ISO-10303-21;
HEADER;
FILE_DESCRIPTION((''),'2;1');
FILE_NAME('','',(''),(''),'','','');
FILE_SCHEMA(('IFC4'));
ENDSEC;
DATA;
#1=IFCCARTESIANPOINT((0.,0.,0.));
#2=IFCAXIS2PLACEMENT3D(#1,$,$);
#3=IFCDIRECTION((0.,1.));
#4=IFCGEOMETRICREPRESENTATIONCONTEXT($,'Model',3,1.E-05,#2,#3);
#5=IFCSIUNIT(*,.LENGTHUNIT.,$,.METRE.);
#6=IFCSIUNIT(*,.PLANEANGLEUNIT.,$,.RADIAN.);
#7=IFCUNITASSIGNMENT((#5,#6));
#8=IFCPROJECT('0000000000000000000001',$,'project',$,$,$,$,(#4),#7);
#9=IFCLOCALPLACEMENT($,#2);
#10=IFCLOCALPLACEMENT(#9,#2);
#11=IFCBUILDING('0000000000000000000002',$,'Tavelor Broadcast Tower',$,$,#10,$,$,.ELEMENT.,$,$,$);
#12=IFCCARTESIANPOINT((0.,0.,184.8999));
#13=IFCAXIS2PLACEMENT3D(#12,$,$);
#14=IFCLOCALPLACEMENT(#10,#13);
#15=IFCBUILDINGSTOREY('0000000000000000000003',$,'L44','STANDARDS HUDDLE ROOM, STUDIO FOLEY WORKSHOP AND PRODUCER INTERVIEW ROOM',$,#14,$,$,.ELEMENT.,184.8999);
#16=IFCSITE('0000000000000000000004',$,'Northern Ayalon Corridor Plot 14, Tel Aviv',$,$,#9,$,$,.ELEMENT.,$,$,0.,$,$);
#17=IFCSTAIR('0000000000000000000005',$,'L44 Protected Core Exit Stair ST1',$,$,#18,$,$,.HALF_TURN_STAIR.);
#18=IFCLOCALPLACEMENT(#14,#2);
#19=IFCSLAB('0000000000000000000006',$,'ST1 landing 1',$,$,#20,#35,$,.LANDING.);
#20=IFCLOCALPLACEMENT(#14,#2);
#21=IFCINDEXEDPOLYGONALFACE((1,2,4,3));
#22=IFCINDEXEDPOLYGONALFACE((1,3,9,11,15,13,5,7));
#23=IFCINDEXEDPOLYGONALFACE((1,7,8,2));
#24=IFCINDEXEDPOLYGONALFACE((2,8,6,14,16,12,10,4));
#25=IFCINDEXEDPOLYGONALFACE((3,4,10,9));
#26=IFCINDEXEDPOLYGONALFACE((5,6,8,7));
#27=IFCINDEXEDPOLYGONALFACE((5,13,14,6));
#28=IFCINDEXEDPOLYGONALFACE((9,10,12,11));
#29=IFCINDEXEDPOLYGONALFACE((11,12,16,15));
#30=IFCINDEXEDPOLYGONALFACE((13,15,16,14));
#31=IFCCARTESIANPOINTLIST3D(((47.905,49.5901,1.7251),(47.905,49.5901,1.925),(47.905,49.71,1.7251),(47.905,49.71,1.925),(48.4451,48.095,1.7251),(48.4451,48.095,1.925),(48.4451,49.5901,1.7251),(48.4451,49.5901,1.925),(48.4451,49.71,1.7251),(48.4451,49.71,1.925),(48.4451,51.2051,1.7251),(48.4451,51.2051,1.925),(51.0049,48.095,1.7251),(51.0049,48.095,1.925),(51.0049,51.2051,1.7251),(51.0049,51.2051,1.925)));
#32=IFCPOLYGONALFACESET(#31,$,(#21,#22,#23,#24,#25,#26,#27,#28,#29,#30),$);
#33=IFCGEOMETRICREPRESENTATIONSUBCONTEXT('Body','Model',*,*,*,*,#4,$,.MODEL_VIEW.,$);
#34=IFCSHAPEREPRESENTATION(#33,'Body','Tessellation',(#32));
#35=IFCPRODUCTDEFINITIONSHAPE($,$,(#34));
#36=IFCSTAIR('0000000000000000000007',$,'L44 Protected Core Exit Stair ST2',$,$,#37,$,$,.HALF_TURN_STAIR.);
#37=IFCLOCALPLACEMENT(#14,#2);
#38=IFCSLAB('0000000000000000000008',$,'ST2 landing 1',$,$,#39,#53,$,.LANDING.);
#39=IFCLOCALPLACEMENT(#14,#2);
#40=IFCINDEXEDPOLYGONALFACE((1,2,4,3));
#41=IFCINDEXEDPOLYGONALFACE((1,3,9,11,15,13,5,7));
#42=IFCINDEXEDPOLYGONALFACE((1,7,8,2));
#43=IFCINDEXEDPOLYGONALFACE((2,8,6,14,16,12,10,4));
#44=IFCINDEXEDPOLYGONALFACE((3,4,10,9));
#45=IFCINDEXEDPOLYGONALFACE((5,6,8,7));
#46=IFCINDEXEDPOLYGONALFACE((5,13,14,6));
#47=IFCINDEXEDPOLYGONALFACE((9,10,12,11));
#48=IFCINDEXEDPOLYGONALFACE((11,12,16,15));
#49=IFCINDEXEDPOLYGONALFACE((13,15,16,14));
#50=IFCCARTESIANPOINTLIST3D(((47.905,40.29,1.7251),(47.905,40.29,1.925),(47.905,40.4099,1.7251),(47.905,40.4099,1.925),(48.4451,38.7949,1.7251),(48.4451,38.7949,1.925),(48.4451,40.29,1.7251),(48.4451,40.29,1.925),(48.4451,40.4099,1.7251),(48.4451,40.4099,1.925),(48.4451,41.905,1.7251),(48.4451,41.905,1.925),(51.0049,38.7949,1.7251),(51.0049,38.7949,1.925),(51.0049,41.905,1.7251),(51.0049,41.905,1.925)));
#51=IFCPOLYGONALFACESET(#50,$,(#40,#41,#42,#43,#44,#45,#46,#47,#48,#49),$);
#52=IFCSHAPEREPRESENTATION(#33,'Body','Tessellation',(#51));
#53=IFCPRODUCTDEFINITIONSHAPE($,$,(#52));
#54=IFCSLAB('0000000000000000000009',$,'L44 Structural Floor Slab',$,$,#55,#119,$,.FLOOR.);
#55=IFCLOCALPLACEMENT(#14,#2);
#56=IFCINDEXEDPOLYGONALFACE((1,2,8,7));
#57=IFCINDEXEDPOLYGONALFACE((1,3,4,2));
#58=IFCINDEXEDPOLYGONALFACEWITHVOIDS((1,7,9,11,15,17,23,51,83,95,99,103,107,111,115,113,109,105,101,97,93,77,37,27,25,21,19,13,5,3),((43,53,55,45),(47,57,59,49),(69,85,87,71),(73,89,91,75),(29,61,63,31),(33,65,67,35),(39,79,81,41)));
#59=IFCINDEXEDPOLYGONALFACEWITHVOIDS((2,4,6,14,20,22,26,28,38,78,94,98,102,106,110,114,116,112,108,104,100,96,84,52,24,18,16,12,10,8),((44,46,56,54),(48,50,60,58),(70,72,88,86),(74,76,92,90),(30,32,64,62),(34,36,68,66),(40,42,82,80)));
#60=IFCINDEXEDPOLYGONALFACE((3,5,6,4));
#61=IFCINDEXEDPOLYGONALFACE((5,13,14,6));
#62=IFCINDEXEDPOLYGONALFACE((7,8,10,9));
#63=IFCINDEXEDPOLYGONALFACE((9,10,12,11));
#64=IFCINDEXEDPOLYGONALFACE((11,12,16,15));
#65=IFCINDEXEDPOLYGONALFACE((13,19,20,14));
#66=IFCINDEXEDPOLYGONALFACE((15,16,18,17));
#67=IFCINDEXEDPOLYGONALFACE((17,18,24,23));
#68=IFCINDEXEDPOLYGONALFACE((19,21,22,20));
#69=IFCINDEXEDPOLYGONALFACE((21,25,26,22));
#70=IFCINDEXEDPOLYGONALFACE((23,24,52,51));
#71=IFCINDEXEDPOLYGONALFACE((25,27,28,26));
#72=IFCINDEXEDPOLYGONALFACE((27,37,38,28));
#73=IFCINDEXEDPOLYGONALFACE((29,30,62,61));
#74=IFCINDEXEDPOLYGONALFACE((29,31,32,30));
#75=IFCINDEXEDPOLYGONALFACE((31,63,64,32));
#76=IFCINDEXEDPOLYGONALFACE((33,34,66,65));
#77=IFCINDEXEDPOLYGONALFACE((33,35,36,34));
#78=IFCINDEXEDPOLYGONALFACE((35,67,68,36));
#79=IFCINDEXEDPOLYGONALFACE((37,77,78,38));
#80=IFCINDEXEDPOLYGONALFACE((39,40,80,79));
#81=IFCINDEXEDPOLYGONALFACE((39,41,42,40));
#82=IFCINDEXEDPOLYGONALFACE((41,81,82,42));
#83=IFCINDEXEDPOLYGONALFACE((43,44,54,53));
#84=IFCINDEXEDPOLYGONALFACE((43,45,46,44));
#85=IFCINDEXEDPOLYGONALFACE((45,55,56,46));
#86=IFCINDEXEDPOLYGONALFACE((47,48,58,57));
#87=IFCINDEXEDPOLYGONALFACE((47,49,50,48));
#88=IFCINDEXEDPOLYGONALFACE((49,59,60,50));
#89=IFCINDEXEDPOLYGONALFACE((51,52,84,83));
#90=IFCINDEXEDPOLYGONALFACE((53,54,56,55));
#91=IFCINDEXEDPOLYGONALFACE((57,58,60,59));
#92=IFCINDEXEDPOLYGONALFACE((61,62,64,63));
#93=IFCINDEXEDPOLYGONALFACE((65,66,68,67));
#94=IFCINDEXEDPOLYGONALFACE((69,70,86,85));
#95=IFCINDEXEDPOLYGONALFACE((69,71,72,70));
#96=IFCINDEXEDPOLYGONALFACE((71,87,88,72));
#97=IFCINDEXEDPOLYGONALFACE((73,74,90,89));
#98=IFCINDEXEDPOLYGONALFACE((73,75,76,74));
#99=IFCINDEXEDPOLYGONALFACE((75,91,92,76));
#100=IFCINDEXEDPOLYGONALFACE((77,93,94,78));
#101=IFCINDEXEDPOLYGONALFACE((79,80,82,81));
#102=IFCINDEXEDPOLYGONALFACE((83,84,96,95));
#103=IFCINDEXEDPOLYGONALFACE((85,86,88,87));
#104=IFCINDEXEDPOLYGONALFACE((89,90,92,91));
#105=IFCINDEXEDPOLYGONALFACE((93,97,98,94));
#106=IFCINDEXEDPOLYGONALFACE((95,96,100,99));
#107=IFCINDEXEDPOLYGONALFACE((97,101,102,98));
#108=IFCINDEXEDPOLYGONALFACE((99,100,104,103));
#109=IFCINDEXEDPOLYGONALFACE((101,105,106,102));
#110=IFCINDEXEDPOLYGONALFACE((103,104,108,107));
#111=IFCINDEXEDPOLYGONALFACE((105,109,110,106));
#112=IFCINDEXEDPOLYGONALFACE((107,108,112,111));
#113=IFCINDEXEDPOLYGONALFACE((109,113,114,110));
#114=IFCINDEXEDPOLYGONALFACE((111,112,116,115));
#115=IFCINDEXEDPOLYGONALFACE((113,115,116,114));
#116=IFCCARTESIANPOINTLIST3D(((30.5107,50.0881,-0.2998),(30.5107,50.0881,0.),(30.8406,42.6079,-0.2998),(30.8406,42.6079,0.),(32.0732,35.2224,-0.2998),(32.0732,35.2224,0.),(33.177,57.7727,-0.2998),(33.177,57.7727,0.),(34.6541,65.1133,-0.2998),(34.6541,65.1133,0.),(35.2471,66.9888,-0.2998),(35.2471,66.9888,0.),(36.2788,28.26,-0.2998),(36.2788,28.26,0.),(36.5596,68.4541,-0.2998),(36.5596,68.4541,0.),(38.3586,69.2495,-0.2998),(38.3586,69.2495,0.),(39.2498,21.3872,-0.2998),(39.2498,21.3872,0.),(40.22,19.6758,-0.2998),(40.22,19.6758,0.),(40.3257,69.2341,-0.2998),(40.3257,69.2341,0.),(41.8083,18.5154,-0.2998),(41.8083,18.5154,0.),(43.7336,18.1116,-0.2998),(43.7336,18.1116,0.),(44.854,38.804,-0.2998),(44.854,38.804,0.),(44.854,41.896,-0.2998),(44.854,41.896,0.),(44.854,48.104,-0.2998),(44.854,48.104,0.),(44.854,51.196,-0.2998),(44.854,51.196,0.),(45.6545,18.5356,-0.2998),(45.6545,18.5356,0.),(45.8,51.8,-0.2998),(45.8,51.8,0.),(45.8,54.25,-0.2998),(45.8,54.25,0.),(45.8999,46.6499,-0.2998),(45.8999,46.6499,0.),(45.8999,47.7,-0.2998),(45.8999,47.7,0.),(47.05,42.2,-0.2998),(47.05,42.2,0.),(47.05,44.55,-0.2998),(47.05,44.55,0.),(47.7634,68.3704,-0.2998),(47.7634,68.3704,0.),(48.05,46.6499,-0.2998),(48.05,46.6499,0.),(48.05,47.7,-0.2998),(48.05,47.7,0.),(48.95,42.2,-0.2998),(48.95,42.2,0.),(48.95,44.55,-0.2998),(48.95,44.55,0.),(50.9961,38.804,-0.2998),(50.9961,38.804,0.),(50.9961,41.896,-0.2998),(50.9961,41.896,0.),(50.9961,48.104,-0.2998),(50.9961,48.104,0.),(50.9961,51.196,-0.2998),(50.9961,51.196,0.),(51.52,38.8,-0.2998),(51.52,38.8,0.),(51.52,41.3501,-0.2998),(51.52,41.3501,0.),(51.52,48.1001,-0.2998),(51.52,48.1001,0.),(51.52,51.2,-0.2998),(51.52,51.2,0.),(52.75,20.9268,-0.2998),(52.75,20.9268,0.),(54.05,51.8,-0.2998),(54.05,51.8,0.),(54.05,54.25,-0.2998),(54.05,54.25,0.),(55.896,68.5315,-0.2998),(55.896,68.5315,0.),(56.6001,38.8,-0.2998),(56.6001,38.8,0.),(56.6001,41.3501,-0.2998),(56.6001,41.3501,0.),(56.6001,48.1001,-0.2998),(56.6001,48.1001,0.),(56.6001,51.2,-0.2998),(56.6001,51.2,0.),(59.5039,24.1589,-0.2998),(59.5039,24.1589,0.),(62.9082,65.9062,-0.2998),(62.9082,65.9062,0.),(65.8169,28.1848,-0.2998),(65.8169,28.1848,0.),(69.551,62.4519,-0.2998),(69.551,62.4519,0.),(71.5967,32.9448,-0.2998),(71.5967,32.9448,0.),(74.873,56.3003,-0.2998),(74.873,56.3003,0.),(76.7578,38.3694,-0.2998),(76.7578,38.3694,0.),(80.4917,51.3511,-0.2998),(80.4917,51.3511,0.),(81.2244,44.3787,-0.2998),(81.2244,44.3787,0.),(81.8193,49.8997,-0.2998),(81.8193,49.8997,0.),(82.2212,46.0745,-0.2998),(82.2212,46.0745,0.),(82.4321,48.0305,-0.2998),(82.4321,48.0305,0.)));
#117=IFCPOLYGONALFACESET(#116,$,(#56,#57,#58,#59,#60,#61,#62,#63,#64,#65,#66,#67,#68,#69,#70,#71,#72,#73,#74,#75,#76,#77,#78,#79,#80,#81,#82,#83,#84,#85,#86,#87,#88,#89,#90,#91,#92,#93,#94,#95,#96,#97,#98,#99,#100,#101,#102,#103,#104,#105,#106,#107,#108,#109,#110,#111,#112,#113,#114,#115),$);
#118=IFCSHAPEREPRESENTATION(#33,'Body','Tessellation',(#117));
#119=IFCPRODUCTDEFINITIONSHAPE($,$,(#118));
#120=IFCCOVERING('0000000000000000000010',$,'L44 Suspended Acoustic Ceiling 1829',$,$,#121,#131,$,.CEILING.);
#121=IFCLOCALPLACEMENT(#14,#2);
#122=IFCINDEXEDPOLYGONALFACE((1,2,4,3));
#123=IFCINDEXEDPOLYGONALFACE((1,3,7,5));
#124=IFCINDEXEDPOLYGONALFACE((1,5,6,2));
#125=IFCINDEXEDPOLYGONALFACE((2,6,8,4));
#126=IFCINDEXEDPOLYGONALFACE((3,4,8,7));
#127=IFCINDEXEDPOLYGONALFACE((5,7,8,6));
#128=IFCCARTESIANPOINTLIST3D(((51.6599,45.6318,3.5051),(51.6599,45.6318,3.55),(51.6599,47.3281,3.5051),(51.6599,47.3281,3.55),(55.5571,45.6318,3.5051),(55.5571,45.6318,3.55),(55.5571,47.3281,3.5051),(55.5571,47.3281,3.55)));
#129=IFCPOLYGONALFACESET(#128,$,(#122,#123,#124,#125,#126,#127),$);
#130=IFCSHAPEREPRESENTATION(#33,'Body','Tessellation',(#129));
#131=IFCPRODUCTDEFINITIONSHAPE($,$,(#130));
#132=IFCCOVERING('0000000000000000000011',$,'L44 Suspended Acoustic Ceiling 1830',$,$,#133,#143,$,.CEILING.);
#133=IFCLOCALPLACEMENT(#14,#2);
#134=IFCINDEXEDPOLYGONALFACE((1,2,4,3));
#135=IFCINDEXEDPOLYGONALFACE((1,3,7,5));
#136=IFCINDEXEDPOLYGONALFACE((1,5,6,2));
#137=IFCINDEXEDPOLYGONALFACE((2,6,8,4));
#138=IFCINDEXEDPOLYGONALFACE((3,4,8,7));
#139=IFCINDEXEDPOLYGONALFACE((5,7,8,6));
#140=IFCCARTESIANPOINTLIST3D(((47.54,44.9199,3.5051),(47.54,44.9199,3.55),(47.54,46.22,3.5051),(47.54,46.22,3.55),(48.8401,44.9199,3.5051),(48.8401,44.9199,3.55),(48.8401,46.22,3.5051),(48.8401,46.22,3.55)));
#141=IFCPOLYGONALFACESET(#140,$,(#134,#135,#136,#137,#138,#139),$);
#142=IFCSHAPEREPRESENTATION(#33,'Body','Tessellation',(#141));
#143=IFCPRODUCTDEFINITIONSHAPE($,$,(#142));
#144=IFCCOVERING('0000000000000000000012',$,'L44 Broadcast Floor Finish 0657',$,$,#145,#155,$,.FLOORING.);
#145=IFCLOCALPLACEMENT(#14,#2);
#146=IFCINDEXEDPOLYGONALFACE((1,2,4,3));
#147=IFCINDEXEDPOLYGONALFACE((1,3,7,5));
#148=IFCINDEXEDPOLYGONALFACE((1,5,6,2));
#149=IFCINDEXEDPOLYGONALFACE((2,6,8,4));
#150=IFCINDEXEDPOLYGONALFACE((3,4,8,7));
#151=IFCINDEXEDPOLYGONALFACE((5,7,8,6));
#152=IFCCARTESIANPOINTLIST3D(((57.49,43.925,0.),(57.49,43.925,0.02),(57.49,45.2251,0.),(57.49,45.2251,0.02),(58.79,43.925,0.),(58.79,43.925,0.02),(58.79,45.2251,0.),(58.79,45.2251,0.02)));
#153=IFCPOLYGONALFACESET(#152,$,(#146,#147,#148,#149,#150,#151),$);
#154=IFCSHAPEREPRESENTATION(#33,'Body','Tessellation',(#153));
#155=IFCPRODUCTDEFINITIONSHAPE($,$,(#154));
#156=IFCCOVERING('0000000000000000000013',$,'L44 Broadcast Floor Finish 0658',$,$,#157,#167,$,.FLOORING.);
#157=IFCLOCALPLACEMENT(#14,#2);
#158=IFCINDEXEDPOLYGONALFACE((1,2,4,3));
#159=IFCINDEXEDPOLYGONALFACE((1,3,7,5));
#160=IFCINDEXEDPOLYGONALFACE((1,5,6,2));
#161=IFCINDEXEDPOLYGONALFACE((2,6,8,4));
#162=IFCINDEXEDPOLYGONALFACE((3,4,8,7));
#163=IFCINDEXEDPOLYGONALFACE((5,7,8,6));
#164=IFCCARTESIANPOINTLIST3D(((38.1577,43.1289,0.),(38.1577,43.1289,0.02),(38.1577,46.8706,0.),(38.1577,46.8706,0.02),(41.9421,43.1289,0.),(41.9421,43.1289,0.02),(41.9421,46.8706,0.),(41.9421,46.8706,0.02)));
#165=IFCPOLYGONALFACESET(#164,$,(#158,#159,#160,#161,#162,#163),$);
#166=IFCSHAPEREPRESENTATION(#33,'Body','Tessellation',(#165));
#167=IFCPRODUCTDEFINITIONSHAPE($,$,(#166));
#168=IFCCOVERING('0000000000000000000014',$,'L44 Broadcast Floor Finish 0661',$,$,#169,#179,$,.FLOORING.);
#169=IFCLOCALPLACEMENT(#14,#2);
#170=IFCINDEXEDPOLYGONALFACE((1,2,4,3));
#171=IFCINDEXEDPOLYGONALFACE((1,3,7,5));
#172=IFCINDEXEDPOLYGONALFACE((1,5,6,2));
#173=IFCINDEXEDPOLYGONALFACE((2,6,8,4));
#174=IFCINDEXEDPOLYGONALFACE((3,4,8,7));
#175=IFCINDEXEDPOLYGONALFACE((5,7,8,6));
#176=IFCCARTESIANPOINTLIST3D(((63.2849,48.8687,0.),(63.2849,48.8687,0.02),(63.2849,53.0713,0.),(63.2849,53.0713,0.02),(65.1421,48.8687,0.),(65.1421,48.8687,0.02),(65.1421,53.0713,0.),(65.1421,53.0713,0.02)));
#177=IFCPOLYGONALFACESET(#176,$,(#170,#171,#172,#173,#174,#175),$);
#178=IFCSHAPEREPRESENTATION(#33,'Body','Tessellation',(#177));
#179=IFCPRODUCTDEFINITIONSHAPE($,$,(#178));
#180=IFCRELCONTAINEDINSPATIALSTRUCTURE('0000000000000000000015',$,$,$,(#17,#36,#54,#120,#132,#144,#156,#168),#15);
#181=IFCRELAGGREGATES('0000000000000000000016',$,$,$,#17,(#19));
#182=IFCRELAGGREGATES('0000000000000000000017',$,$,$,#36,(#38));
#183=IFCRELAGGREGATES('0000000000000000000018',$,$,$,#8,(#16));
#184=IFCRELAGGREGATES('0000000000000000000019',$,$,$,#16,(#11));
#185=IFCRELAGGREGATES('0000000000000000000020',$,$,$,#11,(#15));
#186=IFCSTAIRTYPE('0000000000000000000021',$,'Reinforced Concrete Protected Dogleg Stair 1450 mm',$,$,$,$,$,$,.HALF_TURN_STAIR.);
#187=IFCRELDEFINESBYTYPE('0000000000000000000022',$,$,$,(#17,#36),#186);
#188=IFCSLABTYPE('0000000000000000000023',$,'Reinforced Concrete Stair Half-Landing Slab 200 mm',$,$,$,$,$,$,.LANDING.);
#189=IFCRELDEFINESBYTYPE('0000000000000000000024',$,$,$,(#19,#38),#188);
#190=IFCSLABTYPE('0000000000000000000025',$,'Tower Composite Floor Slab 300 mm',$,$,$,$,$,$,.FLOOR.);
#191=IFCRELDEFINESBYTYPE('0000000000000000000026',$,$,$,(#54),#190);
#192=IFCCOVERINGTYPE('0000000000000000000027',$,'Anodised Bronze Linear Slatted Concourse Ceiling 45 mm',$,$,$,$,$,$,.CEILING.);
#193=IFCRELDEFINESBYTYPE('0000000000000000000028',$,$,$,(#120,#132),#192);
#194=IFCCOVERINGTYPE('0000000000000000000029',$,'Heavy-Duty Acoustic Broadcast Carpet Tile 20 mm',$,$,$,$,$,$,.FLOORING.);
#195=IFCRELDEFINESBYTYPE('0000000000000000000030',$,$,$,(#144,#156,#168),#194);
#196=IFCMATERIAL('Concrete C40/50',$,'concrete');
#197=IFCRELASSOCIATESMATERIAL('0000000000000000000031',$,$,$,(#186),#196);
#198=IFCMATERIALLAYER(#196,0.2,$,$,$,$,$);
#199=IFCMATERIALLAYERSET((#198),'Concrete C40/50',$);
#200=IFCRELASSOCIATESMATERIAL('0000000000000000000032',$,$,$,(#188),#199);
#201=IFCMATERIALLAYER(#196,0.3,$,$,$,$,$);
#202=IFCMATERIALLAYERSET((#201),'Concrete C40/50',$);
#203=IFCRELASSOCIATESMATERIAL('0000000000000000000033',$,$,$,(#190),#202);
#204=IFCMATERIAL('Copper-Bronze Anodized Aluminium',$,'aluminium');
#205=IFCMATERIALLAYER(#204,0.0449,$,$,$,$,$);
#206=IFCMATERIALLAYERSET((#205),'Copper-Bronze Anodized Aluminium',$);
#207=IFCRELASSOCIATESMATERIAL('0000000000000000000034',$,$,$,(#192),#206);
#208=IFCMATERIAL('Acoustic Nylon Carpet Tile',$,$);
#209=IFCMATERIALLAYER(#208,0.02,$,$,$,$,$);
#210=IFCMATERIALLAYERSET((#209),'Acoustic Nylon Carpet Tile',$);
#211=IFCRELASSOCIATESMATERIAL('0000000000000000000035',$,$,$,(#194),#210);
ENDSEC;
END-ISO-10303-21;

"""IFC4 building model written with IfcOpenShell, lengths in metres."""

from ifc_helpers import new_model, si_unit, direction, frame, origin, place, context, subcontext, project, spatial, polyline, outline, extrude, material, layer, layer_set, type_object, element, aggregate, save


model = new_model("IFC4")

# Units and contexts
model_context = context("Model", 3, precision=1e-05, world=origin(), true_north=direction((0.0, 1.0)))
body_context = subcontext(model_context, "Body", "Model", "MODEL_VIEW")
ifc_project = project(units=[si_unit("LENGTHUNIT", "METRE"), si_unit("PLANEANGLEUNIT", "RADIAN")], contexts=[model_context])

# Site, building, storey
site_placement = place(None, origin())
site = spatial("IfcSite", under=ifc_project, at=site_placement, Name="Northern Ayalon Corridor Plot 14, Tel Aviv", CompositionType="ELEMENT", RefElevation=0.0)
building_placement = place(site_placement, origin())
building = spatial("IfcBuilding", under=site, at=building_placement, Name="Tavelor Broadcast Tower", CompositionType="ELEMENT")
storey_placement = place(building_placement, frame((0.0, 0.0, 184.8999)))
storey = spatial("IfcBuildingStorey", under=building, at=storey_placement, Name="L44", Description="STANDARDS HUDDLE ROOM, STUDIO FOLEY WORKSHOP AND PRODUCER INTERVIEW ROOM", CompositionType="ELEMENT", Elevation=184.8999)

# Stairs, slabs
ifc_material_1 = material(Name="Concrete C40/50", Category="concrete")
stair_type = type_object("IfcStairType", Name="Reinforced Concrete Protected Dogleg Stair 1450 mm", PredefinedType="HALF_TURN_STAIR", material=ifc_material_1)
stair_1_placement = place(storey_placement, origin())
stair_1 = element("IfcStair", 1, at=stair_1_placement, inside=storey, type_object=stair_type, Name="L44 Protected Core Exit Stair ST1", PredefinedType="HALF_TURN_STAIR")
ifc_layer_1 = layer(ifc_material_1, 0.2)
ifc_layer_set_1 = layer_set([ifc_layer_1], Name="Concrete C40/50")
slab_type_1 = type_object("IfcSlabType", Name="Reinforced Concrete Stair Half-Landing Slab 200 mm", PredefinedType="LANDING", material=ifc_layer_set_1)
slab_1_placement = place(storey_placement, frame((0.0, 0.0, 1.7251)))
slab_1 = element("IfcSlab", 2, at=slab_1_placement, type_object=slab_type_1, Name="ST1 landing 1", PredefinedType="LANDING", context=body_context, shape_type="SweptSolid", body=[
    extrude(outline(polyline([(48.4451, 49.5901), (48.4451, 48.095), (51.0049, 48.095), (51.0049, 51.2051), (48.4451, 51.2051), (48.4451, 49.71), (47.905, 49.71), (47.905, 49.5901), (48.4451, 49.5901)])), origin(), (0.0, 0.0, 1.0), 0.2),
])
aggregate(stair_1, [slab_1])
stair_2_placement = place(storey_placement, origin())
stair_2 = element("IfcStair", 3, at=stair_2_placement, inside=storey, type_object=stair_type, Name="L44 Protected Core Exit Stair ST2", PredefinedType="HALF_TURN_STAIR")
slab_2_placement = place(storey_placement, frame((0.0, 0.0, 1.7251)))
slab_2 = element("IfcSlab", 4, at=slab_2_placement, type_object=slab_type_1, Name="ST2 landing 1", PredefinedType="LANDING", context=body_context, shape_type="SweptSolid", body=[
    extrude(outline(polyline([(48.4451, 40.29), (48.4451, 38.7949), (51.0049, 38.7949), (51.0049, 41.905), (48.4451, 41.905), (48.4451, 40.4099), (47.905, 40.4099), (47.905, 40.29), (48.4451, 40.29)])), origin(), (0.0, 0.0, 1.0), 0.2),
])
aggregate(stair_2, [slab_2])

# Slab
ifc_layer_2 = layer(ifc_material_1, 0.3)
ifc_layer_set_2 = layer_set([ifc_layer_2], Name="Concrete C40/50")
slab_type_2 = type_object("IfcSlabType", Name="Tower Composite Floor Slab 300 mm", PredefinedType="FLOOR", material=ifc_layer_set_2)
slab_3_placement = place(storey_placement, frame((0.0, 0.0, -0.2998)))
element("IfcSlab", 5, at=slab_3_placement, inside=storey, type_object=slab_type_2, Name="L44 Structural Floor Slab", PredefinedType="FLOOR", context=body_context, shape_type="SweptSolid", body=[
    extrude(outline(polyline([(40.3257, 69.2341), (38.3586, 69.2495), (36.5596, 68.4541), (35.2471, 66.9888), (34.6541, 65.1133), (33.177, 57.7727), (30.5107, 50.0881), (30.8406, 42.6079), (32.0732, 35.2224), (36.2788, 28.26), (39.2498, 21.3872), (40.22, 19.6758), (41.8083, 18.5154), (43.7336, 18.1116), (45.6545, 18.5356), (52.75, 20.9268), (59.5039, 24.1589), (65.8169, 28.1848), (71.5967, 32.9448), (76.7578, 38.3694), (81.2244, 44.3787), (82.2212, 46.0745), (82.4321, 48.0305), (81.8193, 49.8997), (80.4917, 51.3511), (74.873, 56.3003), (69.551, 62.4519), (62.9082, 65.9062), (55.896, 68.5315), (47.7634, 68.3704), (40.3257, 69.2341)]), holes=[polyline([(56.6001, 41.3501), (56.6001, 38.8), (51.52, 38.8), (51.52, 41.3501), (56.6001, 41.3501)]), polyline([(50.9961, 38.804), (44.854, 38.804), (44.854, 41.896), (50.9961, 41.896), (50.9961, 38.804)]), polyline([(47.05, 42.2), (47.05, 44.55), (48.95, 44.55), (48.95, 42.2), (47.05, 42.2)]), polyline([(48.05, 46.6499), (45.8999, 46.6499), (45.8999, 47.7), (48.05, 47.7), (48.05, 46.6499)]), polyline([(50.9961, 48.104), (44.854, 48.104), (44.854, 51.196), (50.9961, 51.196), (50.9961, 48.104)]), polyline([(56.6001, 48.1001), (51.52, 48.1001), (51.52, 51.2), (56.6001, 51.2), (56.6001, 48.1001)]), polyline([(54.05, 51.8), (45.8, 51.8), (45.8, 54.25), (54.05, 54.25), (54.05, 51.8)])]), origin(), (0.0, 0.0, 1.0), 0.2998),
])

# Coverings
ifc_material_2 = material(Name="Copper-Bronze Anodized Aluminium", Category="aluminium")
ifc_layer_3 = layer(ifc_material_2, 0.0449)
ifc_layer_set_3 = layer_set([ifc_layer_3], Name="Copper-Bronze Anodized Aluminium")
covering_type_1 = type_object("IfcCoveringType", Name="Anodised Bronze Linear Slatted Concourse Ceiling 45 mm", PredefinedType="CEILING", material=ifc_layer_set_3)
covering_1_placement = place(storey_placement, frame((0.0, 0.0, 3.5051)))
element("IfcCovering", 6, at=covering_1_placement, inside=storey, type_object=covering_type_1, Name="L44 Suspended Acoustic Ceiling 1829", PredefinedType="CEILING", context=body_context, shape_type="SweptSolid", body=[
    extrude(outline(polyline([(51.6599, 45.6318), (55.5571, 45.6318), (55.5571, 47.3281), (51.6599, 47.3281), (51.6599, 45.6318)])), origin(), (0.0, 0.0, 1.0), 0.0449),
])
covering_2_placement = place(storey_placement, frame((0.0, 0.0, 3.5051)))
element("IfcCovering", 7, at=covering_2_placement, inside=storey, type_object=covering_type_1, Name="L44 Suspended Acoustic Ceiling 1830", PredefinedType="CEILING", context=body_context, shape_type="SweptSolid", body=[
    extrude(outline(polyline([(47.54, 44.9199), (48.8401, 44.9199), (48.8401, 46.22), (47.54, 46.22), (47.54, 44.9199)])), origin(), (0.0, 0.0, 1.0), 0.0449),
])
ifc_material_3 = material(Name="Acoustic Nylon Carpet Tile")
ifc_layer_4 = layer(ifc_material_3, 0.02)
ifc_layer_set_4 = layer_set([ifc_layer_4], Name="Acoustic Nylon Carpet Tile")
covering_type_2 = type_object("IfcCoveringType", Name="Heavy-Duty Acoustic Broadcast Carpet Tile 20 mm", PredefinedType="FLOORING", material=ifc_layer_set_4)
covering_3_placement = place(storey_placement, origin())
element("IfcCovering", 8, at=covering_3_placement, inside=storey, type_object=covering_type_2, Name="L44 Broadcast Floor Finish 0657", PredefinedType="FLOORING", context=body_context, shape_type="SweptSolid", body=[
    extrude(outline(polyline([(57.49, 43.925), (58.79, 43.925), (58.79, 45.2251), (57.49, 45.2251), (57.49, 43.925)])), origin(), (0.0, 0.0, 1.0), 0.02),
])
covering_4_placement = place(storey_placement, origin())
element("IfcCovering", 9, at=covering_4_placement, inside=storey, type_object=covering_type_2, Name="L44 Broadcast Floor Finish 0658", PredefinedType="FLOORING", context=body_context, shape_type="SweptSolid", body=[
    extrude(outline(polyline([(38.1577, 43.1289), (41.9421, 43.1289), (41.9421, 46.8706), (38.1577, 46.8706), (38.1577, 43.1289)])), origin(), (0.0, 0.0, 1.0), 0.02),
])
covering_5_placement = place(storey_placement, origin())
element("IfcCovering", 10, at=covering_5_placement, inside=storey, type_object=covering_type_2, Name="L44 Broadcast Floor Finish 0661", PredefinedType="FLOORING", context=body_context, shape_type="SweptSolid", body=[
    extrude(outline(polyline([(63.2849, 48.8687), (65.1421, 48.8687), (65.1421, 53.0713), (63.2849, 53.0713), (63.2849, 48.8687)])), origin(), (0.0, 0.0, 1.0), 0.02),
])

save(model, "model.ifc")
